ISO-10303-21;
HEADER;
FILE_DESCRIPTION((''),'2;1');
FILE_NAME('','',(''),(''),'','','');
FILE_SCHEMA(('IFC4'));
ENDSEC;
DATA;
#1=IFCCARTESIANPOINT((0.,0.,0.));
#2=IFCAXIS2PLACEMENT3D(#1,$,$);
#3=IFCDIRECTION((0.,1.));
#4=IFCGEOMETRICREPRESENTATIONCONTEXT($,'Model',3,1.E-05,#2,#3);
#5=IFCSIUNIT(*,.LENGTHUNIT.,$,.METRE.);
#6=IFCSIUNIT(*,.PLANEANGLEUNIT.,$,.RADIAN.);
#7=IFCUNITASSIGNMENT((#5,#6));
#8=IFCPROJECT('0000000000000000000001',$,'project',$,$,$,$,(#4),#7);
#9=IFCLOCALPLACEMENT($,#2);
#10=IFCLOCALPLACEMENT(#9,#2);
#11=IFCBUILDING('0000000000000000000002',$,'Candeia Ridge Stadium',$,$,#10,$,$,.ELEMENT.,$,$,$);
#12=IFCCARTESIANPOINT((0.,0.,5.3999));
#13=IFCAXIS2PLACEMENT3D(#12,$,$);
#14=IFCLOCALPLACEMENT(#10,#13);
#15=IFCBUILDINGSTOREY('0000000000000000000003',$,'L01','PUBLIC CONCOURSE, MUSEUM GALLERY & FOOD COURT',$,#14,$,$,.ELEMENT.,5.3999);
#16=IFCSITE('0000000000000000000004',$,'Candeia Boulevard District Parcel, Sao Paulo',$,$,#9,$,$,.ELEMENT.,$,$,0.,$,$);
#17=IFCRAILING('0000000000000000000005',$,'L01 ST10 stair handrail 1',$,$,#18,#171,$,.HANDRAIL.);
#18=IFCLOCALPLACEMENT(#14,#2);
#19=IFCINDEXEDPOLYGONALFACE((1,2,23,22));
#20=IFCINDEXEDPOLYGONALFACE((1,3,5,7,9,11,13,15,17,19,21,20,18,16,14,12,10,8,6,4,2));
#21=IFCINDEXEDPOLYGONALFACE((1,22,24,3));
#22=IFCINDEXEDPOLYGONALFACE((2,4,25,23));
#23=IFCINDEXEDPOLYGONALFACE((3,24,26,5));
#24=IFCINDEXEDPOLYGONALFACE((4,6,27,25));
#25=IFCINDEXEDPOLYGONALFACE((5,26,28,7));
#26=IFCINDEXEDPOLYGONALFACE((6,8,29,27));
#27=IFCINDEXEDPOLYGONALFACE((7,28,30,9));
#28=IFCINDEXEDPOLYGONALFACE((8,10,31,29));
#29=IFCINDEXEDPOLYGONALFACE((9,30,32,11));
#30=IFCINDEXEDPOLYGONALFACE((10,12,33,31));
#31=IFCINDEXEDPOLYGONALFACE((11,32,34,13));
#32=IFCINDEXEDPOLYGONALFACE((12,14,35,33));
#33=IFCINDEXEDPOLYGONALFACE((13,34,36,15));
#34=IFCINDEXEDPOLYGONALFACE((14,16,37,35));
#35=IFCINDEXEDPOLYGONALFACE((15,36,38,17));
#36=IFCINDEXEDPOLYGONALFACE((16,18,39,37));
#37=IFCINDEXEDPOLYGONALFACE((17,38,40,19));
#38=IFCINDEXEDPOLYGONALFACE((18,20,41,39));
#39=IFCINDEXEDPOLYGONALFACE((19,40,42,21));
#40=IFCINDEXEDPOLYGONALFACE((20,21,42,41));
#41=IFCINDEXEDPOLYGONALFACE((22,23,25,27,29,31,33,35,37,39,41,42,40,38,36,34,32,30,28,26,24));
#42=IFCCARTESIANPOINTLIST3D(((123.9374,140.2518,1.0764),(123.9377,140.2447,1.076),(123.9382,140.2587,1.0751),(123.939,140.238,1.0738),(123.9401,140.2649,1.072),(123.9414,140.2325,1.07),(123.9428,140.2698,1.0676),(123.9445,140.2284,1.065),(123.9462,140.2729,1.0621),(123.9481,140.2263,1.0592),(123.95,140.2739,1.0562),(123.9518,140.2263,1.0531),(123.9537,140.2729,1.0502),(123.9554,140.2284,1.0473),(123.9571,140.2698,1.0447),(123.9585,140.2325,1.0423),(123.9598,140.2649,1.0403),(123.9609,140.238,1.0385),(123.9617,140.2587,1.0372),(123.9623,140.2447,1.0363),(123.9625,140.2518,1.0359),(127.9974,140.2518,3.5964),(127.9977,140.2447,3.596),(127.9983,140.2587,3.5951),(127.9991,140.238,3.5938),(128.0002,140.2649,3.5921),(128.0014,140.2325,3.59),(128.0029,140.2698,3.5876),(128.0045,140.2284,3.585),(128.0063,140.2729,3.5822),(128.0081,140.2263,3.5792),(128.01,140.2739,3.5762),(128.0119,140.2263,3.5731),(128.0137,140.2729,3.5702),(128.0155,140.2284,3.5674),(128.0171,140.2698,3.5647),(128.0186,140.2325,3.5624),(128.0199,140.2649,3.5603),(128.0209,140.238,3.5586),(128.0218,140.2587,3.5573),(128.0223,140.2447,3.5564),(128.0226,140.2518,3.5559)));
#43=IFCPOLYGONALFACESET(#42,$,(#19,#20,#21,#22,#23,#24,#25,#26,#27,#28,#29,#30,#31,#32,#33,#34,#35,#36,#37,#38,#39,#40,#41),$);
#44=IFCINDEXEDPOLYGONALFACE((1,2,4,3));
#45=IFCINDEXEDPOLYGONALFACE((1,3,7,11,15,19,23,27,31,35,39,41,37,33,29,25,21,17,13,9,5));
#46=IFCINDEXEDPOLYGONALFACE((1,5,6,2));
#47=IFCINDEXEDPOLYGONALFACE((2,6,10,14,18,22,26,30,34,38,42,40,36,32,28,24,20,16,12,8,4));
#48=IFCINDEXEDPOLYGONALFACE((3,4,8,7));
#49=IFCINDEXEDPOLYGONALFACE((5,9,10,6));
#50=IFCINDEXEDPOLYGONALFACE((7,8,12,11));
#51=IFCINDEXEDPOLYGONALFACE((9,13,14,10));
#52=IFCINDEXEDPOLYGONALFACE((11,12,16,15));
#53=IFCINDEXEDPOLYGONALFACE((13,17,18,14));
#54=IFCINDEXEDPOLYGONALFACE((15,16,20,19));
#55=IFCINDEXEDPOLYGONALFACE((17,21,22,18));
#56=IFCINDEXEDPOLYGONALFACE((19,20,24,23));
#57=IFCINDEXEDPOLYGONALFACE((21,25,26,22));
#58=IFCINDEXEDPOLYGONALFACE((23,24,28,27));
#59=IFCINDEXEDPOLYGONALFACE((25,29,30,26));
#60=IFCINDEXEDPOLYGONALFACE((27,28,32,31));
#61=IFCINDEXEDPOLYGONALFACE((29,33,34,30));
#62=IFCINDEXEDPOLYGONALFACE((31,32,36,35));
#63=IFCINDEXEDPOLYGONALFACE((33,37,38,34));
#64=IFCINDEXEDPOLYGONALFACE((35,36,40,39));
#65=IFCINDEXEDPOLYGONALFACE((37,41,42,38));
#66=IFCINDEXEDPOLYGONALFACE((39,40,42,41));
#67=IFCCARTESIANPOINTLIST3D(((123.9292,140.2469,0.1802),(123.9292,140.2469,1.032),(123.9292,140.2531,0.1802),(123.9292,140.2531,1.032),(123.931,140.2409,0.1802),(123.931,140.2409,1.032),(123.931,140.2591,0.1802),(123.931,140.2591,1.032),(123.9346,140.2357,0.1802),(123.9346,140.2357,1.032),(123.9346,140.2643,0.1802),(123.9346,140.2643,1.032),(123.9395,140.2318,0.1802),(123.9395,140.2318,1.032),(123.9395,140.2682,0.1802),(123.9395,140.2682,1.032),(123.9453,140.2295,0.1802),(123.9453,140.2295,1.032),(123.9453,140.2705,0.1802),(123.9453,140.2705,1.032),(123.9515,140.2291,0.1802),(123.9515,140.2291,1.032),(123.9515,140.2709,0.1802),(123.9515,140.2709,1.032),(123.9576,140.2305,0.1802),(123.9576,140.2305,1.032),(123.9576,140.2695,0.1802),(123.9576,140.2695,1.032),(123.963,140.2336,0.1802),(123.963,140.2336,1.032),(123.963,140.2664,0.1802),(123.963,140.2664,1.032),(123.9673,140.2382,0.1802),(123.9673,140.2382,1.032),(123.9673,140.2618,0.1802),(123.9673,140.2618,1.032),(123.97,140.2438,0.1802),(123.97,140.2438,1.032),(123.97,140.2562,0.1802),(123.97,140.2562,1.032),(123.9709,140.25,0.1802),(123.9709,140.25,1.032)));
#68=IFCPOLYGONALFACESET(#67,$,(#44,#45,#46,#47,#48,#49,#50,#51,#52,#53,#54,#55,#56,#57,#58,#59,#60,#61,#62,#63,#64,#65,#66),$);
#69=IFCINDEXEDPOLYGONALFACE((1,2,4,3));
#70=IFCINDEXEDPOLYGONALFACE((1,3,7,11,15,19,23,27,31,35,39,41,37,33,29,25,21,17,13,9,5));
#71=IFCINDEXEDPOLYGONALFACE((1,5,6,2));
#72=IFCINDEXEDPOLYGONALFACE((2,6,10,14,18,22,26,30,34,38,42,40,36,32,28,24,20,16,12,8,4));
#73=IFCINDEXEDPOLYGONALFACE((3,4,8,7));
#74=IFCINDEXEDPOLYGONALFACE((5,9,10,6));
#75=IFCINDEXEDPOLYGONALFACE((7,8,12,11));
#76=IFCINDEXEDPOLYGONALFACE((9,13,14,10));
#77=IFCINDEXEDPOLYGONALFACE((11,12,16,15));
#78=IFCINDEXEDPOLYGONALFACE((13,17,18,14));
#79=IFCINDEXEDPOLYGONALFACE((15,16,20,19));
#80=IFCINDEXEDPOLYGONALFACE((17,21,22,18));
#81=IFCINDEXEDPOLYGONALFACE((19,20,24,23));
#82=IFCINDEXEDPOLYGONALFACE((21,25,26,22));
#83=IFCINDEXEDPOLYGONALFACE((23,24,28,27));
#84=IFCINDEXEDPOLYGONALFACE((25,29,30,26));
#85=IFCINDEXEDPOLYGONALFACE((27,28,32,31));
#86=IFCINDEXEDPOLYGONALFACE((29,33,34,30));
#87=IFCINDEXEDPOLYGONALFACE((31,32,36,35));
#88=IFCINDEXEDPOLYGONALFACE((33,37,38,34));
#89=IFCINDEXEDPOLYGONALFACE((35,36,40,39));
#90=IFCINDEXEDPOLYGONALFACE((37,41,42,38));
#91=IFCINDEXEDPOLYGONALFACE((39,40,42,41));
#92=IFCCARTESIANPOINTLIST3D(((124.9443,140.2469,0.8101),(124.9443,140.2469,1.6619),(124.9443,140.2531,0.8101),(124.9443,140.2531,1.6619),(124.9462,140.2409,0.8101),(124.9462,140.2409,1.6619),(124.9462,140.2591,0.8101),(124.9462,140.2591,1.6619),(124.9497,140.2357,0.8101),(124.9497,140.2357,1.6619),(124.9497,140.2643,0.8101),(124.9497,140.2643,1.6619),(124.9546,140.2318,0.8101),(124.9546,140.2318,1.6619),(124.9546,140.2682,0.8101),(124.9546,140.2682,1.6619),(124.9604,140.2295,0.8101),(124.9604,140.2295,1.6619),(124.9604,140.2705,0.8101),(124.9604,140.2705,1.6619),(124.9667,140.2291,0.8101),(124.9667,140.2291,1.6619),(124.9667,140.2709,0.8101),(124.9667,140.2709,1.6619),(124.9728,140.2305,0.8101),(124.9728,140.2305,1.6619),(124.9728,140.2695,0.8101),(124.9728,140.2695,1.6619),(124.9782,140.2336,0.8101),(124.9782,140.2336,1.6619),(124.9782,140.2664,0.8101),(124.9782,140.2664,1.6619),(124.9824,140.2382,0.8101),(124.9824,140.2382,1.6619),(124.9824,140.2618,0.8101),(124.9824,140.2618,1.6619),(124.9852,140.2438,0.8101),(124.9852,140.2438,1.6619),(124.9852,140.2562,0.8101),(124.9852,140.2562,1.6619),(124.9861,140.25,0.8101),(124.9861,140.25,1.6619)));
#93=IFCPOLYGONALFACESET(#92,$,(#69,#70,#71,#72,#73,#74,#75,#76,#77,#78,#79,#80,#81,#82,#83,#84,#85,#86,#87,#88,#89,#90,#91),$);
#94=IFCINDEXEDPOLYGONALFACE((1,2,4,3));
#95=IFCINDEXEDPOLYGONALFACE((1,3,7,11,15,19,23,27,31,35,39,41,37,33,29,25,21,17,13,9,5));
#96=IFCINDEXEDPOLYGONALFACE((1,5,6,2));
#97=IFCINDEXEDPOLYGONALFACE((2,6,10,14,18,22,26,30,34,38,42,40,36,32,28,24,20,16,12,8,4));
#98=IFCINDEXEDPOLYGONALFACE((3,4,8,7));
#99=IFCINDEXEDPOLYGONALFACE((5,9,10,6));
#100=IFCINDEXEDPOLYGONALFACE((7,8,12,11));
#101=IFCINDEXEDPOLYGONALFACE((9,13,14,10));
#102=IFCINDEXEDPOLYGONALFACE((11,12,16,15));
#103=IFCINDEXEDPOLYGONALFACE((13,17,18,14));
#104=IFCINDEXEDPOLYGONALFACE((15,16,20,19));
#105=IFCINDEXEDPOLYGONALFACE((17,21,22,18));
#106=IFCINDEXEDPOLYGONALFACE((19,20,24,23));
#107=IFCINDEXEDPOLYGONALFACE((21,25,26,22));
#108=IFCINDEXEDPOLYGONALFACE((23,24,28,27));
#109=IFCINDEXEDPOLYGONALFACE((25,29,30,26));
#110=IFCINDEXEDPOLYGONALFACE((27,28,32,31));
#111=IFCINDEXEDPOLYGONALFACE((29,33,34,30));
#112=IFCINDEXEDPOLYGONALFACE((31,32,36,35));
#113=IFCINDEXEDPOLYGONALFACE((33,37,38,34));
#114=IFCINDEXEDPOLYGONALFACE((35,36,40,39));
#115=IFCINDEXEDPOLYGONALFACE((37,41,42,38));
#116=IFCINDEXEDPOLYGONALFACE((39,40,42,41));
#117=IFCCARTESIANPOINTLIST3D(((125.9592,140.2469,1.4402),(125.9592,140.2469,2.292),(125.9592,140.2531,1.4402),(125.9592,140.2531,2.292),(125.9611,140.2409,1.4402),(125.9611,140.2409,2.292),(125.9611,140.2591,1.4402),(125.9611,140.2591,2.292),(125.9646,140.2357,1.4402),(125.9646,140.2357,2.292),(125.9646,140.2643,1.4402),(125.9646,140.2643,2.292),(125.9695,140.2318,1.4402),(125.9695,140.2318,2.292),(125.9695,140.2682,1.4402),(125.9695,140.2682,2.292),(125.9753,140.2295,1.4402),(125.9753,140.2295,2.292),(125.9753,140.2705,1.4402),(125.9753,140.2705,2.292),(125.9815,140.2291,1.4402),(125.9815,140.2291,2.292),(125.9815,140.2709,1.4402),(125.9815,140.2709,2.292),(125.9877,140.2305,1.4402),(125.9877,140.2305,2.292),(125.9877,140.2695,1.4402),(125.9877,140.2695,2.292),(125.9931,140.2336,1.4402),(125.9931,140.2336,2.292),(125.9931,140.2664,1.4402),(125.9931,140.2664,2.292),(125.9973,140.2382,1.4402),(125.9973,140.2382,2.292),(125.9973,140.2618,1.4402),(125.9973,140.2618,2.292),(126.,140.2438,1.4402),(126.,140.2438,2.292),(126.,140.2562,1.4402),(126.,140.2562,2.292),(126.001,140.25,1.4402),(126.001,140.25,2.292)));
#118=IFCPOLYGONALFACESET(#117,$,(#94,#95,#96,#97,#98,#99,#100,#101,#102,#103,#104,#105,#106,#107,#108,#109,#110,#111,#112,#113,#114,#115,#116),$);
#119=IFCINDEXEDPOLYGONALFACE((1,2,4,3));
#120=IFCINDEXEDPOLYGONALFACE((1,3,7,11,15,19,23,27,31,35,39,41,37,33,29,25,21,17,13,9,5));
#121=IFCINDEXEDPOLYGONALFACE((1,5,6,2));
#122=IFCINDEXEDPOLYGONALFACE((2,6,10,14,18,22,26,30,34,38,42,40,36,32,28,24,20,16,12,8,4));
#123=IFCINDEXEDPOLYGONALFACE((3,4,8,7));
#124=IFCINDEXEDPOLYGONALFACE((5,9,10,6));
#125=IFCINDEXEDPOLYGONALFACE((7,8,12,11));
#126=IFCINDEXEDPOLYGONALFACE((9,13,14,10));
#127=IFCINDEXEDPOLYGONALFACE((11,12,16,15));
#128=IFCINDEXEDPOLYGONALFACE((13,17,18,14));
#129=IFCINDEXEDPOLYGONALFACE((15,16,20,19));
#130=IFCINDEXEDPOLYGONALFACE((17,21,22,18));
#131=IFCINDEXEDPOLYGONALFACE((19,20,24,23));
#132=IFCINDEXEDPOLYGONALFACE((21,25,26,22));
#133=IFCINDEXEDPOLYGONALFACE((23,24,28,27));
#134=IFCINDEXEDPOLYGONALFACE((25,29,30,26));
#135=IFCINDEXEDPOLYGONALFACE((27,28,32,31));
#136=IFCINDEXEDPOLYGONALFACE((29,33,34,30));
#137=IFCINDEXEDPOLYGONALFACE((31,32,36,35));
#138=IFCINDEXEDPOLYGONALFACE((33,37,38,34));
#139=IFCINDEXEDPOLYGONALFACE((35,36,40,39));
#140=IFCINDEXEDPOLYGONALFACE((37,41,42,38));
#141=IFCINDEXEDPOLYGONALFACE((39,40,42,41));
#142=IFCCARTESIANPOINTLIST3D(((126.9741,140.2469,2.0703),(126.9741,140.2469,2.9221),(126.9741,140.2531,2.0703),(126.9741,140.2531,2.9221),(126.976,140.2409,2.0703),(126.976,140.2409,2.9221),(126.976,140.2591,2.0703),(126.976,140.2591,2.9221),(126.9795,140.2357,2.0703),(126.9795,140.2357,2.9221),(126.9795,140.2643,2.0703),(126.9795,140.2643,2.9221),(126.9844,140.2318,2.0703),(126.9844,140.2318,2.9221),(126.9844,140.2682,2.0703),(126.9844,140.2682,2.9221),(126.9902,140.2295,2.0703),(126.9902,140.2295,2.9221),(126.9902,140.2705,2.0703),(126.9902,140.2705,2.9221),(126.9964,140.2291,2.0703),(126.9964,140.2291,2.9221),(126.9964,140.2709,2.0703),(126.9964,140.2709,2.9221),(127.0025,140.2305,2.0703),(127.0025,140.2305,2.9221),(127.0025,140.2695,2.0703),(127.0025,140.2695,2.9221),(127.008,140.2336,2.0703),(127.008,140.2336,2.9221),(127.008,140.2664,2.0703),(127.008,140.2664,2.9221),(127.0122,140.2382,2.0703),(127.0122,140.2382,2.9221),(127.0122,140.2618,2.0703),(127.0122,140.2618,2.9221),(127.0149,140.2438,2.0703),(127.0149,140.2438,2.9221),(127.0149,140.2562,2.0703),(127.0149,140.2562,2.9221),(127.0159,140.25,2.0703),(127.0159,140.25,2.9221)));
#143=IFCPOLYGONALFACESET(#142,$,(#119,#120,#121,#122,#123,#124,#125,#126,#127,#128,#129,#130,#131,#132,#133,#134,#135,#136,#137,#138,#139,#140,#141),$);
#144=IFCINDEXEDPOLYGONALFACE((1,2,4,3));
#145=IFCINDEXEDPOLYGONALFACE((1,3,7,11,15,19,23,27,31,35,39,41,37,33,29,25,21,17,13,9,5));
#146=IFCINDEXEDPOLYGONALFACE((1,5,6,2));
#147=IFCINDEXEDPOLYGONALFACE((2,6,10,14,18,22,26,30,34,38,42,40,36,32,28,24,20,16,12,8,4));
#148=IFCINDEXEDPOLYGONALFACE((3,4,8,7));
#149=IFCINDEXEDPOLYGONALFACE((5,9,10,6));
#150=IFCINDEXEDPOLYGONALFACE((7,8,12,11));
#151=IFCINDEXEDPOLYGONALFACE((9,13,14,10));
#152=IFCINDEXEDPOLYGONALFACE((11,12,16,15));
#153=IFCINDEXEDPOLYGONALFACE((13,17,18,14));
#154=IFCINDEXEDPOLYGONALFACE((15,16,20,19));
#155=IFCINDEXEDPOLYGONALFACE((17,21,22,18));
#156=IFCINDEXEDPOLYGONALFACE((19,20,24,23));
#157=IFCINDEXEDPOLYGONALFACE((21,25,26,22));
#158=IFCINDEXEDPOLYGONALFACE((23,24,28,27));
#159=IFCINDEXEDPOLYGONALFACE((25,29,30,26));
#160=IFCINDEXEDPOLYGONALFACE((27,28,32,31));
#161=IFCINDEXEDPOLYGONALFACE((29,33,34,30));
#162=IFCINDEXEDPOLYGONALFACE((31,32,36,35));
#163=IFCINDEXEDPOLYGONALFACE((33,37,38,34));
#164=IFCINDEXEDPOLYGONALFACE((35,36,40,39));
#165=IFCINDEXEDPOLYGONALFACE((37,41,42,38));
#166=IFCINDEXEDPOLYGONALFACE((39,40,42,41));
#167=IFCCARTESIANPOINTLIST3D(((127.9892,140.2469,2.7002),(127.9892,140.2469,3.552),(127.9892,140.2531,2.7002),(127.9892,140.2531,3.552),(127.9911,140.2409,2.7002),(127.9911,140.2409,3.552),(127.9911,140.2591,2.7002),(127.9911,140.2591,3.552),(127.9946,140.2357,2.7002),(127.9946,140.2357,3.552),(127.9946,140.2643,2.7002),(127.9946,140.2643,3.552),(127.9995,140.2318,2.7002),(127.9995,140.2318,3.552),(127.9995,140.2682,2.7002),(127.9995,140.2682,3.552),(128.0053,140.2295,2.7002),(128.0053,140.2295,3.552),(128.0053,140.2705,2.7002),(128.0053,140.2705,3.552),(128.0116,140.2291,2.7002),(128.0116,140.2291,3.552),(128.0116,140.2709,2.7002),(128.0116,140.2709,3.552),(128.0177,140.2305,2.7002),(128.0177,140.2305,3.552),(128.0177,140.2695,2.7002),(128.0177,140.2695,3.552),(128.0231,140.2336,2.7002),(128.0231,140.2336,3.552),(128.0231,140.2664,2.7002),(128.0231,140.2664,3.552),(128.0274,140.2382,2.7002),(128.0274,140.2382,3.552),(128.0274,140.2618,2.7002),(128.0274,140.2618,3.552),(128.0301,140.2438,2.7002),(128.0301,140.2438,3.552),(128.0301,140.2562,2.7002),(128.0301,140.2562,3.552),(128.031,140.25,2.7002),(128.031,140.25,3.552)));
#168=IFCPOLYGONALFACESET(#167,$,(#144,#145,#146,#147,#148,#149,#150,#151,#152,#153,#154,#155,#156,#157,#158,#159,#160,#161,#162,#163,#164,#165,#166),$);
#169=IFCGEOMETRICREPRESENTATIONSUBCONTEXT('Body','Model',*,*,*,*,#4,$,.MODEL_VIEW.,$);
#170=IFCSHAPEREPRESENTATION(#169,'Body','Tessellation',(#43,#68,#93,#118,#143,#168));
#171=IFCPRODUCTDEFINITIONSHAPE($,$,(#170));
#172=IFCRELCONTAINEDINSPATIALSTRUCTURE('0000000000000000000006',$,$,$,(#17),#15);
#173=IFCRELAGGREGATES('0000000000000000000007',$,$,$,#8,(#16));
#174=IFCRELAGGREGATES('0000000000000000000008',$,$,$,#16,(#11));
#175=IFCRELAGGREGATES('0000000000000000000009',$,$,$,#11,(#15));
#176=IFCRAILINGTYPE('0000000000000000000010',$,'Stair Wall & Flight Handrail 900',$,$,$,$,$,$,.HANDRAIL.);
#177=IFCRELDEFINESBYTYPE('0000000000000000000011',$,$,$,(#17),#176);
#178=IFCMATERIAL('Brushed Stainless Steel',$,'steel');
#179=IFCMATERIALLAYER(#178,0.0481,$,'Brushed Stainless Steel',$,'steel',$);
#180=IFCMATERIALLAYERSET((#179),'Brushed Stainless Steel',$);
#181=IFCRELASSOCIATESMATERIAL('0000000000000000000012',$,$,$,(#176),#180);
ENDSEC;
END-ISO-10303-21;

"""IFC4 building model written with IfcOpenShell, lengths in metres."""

from ifc_helpers import new_model, si_unit, direction, frame, origin, origin_2d, place, context, subcontext, project, spatial, circle, extrude, material, layer, layer_set, type_object, element, save


model = new_model("IFC4")

# Units and contexts
model_context = context("Model", 3, precision=1e-05, world=origin(), true_north=direction((0.0, 1.0)))
body_context = subcontext(model_context, "Body", "Model", "MODEL_VIEW")
ifc_project = project(units=[si_unit("LENGTHUNIT", "METRE"), si_unit("PLANEANGLEUNIT", "RADIAN")], contexts=[model_context])

# Site, building, storey
site_placement = place(None, origin())
site = spatial("IfcSite", under=ifc_project, at=site_placement, Name="Candeia Boulevard District Parcel, Sao Paulo", CompositionType="ELEMENT", RefElevation=0.0)
building_placement = place(site_placement, origin())
building = spatial("IfcBuilding", under=site, at=building_placement, Name="Candeia Ridge Stadium", CompositionType="ELEMENT")
storey_placement = place(building_placement, frame((0.0, 0.0, 5.3999)))
storey = spatial("IfcBuildingStorey", under=building, at=storey_placement, Name="L01", Description="PUBLIC CONCOURSE, MUSEUM GALLERY & FOOD COURT", CompositionType="ELEMENT", Elevation=5.3999)

# Railing
ifc_material_1 = material(Name="Brushed Stainless Steel", Category="steel")
ifc_layer_1 = layer(ifc_material_1, 0.0481, Name="Brushed Stainless Steel", Category="steel")
ifc_layer_set_1 = layer_set([ifc_layer_1], Name="Brushed Stainless Steel")
railing_type_1 = type_object("IfcRailingType", Name="Stair Wall & Flight Handrail 900", PredefinedType="HANDRAIL", material=ifc_layer_set_1)
railing_1_placement = place(storey_placement, frame((123.95, 140.25, 0.1802)))
element("IfcRailing", 1, at=railing_1_placement, inside=storey, type_object=railing_type_1, Name="L01 ST10 stair handrail 1", PredefinedType="HANDRAIL", context=body_context, shape_type="SweptSolid", body=[
    extrude(circle(Radius=0.0239, at=origin_2d()), frame((0.0, 0.0, 0.876), z_axis=(0.849642, 0.0, 0.52736), x_axis=(0.0, 1.0, 0.0)), (0.0, 0.0, 1.0), 4.7786),
    extrude(circle(Radius=0.021, at=origin_2d()), origin(), (0.0, 0.0, 1.0), 0.8518),
    extrude(circle(Radius=0.021, at=origin_2d()), frame((1.0151, 0.0, 0.6299)), (0.0, 0.0, 1.0), 0.8518),
    extrude(circle(Radius=0.021, at=origin_2d()), frame((2.03, 0.0, 1.26)), (0.0, 0.0, 1.0), 0.8518),
    extrude(circle(Radius=0.021, at=origin_2d()), frame((3.0449, 0.0, 1.8901)), (0.0, 0.0, 1.0), 0.8518),
    extrude(circle(Radius=0.021, at=origin_2d()), frame((4.0601, 0.0, 2.52)), (0.0, 0.0, 1.0), 0.8518),
])

save(model, "model.ifc")
